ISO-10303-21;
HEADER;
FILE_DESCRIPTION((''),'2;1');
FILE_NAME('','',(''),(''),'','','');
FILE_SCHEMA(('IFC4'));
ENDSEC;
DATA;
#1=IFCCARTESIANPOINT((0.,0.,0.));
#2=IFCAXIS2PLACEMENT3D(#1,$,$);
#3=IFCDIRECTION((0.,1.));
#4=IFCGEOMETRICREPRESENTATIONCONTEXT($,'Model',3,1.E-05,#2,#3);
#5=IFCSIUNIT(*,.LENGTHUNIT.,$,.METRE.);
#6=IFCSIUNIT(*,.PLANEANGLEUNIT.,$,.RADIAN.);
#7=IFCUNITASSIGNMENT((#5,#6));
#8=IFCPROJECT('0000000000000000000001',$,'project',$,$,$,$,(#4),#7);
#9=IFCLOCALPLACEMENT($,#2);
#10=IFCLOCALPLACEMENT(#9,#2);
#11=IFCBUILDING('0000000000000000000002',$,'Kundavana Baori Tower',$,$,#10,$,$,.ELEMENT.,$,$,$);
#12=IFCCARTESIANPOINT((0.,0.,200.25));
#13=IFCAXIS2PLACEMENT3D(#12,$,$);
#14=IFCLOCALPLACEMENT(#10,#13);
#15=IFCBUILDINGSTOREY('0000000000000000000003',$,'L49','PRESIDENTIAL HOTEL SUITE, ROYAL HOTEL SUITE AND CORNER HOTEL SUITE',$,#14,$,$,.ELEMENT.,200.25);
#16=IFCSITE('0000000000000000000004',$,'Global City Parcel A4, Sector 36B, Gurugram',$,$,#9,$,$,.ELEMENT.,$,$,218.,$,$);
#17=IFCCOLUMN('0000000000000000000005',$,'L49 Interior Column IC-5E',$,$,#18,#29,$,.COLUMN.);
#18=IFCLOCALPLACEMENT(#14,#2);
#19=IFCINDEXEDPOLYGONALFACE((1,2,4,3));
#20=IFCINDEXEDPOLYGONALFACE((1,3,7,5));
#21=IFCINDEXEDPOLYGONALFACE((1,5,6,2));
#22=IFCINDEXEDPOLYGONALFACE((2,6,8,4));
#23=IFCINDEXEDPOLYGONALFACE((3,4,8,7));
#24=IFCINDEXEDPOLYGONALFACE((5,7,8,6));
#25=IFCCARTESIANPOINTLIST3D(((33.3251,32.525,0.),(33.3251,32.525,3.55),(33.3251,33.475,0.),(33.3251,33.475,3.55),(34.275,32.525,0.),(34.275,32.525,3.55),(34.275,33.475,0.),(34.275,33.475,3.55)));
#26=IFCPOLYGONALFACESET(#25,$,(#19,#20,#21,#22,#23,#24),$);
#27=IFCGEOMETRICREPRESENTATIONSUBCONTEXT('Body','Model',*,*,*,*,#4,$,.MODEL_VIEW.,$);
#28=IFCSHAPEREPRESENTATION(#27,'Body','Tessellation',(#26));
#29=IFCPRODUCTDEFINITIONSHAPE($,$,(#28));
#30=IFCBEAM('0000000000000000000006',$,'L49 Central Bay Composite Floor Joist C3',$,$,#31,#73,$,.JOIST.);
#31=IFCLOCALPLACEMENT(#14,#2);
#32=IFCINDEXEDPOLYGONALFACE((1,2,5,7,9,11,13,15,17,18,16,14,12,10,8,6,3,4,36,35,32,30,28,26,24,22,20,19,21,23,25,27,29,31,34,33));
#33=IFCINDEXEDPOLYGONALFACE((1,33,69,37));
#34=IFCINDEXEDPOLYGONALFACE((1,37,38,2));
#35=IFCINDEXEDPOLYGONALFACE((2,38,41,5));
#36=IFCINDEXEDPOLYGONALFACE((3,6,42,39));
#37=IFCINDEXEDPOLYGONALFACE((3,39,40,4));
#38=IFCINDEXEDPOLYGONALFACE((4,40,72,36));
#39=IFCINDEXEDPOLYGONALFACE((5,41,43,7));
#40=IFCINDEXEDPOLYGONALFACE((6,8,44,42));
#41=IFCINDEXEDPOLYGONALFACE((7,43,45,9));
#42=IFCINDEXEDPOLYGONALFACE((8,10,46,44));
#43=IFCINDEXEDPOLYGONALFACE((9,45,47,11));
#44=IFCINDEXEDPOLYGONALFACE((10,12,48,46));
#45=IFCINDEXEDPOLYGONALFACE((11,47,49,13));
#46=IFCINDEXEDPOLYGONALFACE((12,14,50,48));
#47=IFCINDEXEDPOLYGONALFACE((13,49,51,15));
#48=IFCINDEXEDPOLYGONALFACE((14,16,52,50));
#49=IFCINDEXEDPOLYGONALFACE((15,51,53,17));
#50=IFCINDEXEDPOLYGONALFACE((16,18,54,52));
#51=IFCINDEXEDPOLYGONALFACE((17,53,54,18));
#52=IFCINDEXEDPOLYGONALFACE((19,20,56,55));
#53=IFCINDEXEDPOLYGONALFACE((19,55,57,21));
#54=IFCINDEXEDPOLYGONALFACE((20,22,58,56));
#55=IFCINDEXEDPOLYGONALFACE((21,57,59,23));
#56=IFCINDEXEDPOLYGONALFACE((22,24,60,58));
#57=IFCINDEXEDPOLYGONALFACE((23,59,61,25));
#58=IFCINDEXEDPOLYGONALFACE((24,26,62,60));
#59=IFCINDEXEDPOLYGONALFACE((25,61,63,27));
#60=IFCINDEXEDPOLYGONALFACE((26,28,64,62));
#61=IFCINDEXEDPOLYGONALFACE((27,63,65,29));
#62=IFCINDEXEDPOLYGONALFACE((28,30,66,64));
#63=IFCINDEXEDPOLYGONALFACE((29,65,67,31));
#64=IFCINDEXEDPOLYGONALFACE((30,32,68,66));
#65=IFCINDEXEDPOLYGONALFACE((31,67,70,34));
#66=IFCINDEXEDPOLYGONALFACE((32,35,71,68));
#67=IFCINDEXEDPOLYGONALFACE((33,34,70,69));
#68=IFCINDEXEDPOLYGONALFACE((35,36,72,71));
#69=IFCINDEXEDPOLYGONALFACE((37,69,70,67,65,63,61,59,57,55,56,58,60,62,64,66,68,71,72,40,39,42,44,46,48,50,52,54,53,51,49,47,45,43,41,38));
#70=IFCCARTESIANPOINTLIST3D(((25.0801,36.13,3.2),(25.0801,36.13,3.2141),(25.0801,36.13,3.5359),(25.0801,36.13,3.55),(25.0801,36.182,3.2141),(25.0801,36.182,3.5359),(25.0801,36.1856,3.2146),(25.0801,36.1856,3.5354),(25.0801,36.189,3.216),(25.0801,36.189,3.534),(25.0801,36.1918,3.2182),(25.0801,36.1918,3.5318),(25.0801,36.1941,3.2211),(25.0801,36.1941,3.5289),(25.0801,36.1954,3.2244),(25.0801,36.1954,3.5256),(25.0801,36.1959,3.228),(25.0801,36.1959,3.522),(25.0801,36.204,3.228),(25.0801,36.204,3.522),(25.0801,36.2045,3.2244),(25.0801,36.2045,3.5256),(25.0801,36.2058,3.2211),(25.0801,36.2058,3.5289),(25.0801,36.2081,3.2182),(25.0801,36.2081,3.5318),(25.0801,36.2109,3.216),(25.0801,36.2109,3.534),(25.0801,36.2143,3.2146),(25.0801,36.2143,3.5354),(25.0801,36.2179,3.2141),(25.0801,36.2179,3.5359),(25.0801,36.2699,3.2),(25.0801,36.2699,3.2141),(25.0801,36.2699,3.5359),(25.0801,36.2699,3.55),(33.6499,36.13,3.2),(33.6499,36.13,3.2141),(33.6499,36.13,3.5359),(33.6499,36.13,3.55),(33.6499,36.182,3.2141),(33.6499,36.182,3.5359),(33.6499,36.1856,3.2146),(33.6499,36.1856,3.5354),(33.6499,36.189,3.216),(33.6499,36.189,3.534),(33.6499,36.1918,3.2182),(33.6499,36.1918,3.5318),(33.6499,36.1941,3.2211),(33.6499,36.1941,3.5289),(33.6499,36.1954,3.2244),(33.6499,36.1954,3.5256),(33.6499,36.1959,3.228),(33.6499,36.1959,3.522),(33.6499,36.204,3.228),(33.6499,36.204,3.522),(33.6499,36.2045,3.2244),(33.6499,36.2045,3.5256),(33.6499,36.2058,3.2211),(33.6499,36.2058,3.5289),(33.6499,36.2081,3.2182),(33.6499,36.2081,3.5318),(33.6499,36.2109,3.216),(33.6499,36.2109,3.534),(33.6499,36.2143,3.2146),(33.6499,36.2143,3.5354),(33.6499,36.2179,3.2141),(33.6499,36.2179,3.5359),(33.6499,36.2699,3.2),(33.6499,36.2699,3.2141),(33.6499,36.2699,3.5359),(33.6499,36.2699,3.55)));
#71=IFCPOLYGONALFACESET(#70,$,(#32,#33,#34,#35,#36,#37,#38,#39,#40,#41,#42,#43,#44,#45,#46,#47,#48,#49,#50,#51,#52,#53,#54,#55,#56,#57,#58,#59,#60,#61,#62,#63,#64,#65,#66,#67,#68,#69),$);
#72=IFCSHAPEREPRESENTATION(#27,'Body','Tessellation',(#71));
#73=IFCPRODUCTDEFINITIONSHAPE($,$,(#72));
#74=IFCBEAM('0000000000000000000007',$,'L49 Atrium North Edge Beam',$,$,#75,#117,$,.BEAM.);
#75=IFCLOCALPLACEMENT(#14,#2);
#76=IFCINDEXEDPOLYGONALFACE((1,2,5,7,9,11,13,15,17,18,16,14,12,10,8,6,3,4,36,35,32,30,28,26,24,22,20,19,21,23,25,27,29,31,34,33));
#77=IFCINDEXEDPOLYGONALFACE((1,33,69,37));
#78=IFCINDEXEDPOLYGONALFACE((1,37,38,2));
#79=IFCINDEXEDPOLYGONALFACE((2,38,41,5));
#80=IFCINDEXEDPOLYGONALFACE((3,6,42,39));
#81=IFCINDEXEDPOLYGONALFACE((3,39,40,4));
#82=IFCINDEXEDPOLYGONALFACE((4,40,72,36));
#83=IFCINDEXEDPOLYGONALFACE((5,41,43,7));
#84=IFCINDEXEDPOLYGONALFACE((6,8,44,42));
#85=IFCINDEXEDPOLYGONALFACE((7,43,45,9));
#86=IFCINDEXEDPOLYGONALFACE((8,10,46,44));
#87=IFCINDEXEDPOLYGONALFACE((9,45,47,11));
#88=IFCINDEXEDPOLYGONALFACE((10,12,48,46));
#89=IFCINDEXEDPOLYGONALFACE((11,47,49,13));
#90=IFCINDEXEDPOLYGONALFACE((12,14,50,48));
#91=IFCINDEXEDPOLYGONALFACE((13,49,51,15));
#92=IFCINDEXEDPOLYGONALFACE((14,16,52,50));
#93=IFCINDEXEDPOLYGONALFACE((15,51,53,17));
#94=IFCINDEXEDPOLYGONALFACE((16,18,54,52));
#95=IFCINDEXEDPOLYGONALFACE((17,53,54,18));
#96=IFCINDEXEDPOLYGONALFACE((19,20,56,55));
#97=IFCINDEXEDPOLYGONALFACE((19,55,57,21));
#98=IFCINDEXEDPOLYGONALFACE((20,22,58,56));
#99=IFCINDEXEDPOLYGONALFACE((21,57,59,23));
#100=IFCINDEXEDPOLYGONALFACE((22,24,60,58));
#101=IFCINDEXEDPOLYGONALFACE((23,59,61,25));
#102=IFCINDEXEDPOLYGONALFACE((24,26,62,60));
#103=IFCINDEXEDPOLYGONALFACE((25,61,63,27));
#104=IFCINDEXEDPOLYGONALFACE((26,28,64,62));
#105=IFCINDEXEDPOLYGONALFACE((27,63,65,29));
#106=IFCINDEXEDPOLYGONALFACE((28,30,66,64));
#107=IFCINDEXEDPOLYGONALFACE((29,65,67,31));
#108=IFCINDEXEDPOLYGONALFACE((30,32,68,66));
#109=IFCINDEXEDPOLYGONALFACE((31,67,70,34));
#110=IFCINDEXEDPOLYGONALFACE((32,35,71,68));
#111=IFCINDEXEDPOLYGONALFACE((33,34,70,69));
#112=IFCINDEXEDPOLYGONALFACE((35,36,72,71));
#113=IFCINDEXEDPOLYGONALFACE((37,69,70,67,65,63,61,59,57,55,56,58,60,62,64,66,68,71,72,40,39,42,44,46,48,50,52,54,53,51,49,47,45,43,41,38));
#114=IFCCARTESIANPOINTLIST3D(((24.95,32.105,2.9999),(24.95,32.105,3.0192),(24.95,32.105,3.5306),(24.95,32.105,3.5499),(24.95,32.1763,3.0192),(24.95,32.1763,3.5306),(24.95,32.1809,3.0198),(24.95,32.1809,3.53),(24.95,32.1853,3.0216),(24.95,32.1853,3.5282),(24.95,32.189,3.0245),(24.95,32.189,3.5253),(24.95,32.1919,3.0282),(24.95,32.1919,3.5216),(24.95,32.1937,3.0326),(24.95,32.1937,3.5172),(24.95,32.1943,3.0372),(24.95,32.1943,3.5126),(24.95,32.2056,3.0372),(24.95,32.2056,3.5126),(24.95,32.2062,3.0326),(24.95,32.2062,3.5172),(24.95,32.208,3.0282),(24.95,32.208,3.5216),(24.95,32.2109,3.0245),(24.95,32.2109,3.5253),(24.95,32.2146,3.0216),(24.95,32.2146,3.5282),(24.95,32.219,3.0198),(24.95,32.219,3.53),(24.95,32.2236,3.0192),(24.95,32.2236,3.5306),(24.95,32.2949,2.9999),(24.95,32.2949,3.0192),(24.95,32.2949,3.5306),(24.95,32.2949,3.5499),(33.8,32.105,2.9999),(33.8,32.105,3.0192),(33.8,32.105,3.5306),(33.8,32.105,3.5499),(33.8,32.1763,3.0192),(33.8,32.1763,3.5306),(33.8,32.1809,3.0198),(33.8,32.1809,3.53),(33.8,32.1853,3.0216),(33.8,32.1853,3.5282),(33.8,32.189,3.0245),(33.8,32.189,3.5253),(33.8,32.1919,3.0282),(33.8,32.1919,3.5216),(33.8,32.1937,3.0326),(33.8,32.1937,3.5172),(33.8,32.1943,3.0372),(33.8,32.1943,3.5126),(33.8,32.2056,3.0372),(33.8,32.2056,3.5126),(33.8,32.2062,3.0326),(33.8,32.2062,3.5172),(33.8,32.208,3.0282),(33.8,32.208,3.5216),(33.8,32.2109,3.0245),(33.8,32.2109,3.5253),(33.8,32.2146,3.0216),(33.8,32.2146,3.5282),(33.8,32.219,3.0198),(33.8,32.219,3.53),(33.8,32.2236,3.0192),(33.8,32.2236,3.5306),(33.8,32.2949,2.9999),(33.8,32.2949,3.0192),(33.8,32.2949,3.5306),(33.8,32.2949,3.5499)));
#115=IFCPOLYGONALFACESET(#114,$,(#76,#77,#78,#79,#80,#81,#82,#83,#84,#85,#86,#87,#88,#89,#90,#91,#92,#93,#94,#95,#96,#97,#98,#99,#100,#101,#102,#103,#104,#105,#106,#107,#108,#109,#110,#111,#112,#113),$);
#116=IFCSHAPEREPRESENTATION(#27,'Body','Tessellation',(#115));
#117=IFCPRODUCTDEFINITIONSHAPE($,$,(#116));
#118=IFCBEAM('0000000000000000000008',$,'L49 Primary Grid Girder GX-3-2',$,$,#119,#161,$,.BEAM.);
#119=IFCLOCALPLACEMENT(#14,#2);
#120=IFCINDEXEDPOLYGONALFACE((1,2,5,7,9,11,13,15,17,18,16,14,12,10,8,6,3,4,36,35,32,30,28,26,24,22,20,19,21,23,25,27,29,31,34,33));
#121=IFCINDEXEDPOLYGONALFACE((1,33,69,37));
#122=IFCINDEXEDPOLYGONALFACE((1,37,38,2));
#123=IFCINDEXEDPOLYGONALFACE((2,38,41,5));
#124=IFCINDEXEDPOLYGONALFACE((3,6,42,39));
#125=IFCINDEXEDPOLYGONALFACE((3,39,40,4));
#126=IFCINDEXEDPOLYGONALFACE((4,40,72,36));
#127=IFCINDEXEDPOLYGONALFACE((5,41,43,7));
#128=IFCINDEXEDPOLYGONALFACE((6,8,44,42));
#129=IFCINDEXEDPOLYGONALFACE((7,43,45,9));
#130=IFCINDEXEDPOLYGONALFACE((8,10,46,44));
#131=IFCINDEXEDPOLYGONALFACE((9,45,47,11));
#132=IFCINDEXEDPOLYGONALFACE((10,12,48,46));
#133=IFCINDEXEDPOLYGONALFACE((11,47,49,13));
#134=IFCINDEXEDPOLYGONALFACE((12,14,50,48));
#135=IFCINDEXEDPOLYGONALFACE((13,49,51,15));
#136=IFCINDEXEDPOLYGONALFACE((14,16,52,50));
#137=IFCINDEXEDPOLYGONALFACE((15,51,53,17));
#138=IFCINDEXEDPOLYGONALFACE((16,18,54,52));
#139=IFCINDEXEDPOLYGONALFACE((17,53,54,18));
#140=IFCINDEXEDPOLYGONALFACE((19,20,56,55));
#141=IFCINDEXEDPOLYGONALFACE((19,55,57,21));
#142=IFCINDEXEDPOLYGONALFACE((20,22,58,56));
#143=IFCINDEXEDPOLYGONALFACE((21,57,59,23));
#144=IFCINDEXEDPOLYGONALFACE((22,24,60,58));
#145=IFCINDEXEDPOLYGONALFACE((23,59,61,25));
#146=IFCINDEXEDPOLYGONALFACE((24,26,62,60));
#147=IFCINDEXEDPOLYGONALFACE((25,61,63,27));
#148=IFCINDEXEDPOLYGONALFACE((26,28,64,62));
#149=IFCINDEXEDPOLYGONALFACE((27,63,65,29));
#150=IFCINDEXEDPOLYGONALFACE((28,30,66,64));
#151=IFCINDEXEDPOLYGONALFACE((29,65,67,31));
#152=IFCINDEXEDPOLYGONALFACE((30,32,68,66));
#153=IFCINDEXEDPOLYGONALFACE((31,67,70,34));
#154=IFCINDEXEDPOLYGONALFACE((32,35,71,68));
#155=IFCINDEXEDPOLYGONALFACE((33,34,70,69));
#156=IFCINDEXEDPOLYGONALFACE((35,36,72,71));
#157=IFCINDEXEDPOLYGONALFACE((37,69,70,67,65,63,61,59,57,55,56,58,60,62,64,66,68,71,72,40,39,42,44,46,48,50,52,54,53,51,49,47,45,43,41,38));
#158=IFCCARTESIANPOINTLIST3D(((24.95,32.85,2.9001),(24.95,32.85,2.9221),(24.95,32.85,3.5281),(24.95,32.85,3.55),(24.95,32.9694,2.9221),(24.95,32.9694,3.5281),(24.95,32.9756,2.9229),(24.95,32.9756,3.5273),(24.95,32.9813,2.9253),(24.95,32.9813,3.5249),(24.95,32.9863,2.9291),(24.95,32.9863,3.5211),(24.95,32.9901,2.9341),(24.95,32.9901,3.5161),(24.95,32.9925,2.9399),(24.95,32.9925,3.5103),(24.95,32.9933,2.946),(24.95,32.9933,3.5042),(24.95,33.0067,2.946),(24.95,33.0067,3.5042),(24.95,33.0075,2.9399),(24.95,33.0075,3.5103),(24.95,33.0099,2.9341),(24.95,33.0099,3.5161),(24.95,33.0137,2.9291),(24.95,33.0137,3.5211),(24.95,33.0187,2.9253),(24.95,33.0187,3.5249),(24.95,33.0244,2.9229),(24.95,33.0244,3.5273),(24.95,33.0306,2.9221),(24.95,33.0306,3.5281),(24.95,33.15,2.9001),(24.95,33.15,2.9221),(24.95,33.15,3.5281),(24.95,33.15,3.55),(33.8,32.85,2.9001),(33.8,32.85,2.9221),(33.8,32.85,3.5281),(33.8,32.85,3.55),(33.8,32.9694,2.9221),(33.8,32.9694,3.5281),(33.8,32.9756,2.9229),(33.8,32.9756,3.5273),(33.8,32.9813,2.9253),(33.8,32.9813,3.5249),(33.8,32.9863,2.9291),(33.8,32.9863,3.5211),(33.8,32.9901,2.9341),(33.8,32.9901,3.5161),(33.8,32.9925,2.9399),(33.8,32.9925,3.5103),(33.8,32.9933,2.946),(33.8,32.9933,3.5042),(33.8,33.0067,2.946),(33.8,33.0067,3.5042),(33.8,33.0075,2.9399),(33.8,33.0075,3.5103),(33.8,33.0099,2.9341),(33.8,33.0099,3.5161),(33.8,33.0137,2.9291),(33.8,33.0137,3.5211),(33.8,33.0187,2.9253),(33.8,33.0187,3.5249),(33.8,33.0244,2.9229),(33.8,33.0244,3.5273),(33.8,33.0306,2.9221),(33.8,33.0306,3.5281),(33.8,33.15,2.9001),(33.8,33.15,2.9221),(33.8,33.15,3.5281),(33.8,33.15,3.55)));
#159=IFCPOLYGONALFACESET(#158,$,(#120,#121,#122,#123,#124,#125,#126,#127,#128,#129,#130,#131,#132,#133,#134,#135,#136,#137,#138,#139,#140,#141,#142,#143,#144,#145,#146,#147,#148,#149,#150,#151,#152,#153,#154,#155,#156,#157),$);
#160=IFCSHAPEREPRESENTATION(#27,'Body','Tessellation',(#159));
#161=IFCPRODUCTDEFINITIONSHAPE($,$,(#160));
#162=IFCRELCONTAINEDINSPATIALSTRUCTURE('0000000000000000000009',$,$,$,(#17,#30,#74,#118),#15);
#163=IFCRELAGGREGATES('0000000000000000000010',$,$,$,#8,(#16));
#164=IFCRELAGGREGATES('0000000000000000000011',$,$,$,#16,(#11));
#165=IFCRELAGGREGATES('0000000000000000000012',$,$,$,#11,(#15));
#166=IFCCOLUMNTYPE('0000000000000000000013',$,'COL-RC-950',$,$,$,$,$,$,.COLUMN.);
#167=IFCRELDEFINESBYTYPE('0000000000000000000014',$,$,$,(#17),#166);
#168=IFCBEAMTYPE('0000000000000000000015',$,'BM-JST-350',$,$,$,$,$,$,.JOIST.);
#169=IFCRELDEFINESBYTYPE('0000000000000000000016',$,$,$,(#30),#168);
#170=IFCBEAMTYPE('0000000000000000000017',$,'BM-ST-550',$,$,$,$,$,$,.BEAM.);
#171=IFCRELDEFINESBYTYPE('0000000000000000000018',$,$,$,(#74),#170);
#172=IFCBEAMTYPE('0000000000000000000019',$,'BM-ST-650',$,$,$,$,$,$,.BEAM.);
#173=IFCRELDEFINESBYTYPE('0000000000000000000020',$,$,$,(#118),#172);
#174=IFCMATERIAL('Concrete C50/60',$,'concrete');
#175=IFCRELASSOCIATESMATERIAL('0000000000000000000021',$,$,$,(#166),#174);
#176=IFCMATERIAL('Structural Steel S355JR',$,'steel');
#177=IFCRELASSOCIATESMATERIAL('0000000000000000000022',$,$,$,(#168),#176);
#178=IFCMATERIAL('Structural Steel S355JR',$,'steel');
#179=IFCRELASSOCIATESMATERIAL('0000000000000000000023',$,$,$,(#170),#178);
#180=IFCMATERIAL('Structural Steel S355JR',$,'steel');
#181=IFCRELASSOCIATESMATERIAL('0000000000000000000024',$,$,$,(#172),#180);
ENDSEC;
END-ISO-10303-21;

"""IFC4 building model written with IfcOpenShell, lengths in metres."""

from ifc_helpers import new_model, si_unit, direction, frame, origin, origin_2d, place, context, subcontext, project, spatial, rectangle, i_section, extrude, material, material_profile, profile_set, type_object, element, save


model = new_model("IFC4")

# Units and contexts
model_context = context("Model", 3, precision=1e-05, world=origin(), true_north=direction((0.0, 1.0)))
body_context = subcontext(model_context, "Body", "Model", "MODEL_VIEW")
ifc_project = project(units=[si_unit("LENGTHUNIT", "METRE"), si_unit("PLANEANGLEUNIT", "RADIAN")], contexts=[model_context])

# Site, building, storey
site_placement = place(None, origin())
site = spatial("IfcSite", under=ifc_project, at=site_placement, Name="Global City Parcel A4, Sector 36B, Gurugram", CompositionType="ELEMENT", RefElevation=218.0)
building_placement = place(site_placement, origin())
building = spatial("IfcBuilding", under=site, at=building_placement, Name="Kundavana Baori Tower", CompositionType="ELEMENT")
storey_placement = place(building_placement, frame((0.0, 0.0, 200.25)))
storey = spatial("IfcBuildingStorey", under=building, at=storey_placement, Name="L49", Description="PRESIDENTIAL HOTEL SUITE, ROYAL HOTEL SUITE AND CORNER HOTEL SUITE", CompositionType="ELEMENT", Elevation=200.25)

# Column
ifc_material_1 = material(Name="Concrete C50/60", Category="concrete")
ifc_material_profile_1 = material_profile(ifc_material_1, rectangle(XDim=0.95, YDim=0.95, at=origin_2d()), Name="RC 950x950")
ifc_profile_set_1 = profile_set([ifc_material_profile_1], Name="Concrete C50/60")
column_type = type_object("IfcColumnType", Name="COL-RC-950", PredefinedType="COLUMN", material=ifc_profile_set_1)
column_placement = place(storey_placement, frame((33.8, 33.0, 0.0), z_axis=(0.0, 0.0, 1.0), x_axis=(1.0, 0.0, 0.0)))
element("IfcColumn", 1, at=column_placement, inside=storey, type_object=column_type, Name="L49 Interior Column IC-5E", PredefinedType="COLUMN", context=body_context, shape_type="SweptSolid", body=[
    extrude(rectangle(XDim=0.95, YDim=0.95, at=origin_2d()), origin(), (0.0, 0.0, 1.0), 3.55),
])

# Beams
ifc_material_2 = material(Name="Structural Steel S355JR", Category="steel")
ifc_material_profile_2 = material_profile(ifc_material_2, i_section(OverallWidth=0.1399, OverallDepth=0.3501, WebThickness=0.0081, FlangeThickness=0.0142, FilletRadius=0.0139, at=origin_2d()), Name="ISMB 350")
ifc_profile_set_2 = profile_set([ifc_material_profile_2], Name="Structural Steel S355JR")
beam_type_1 = type_object("IfcBeamType", Name="BM-JST-350", PredefinedType="JOIST", material=ifc_profile_set_2)
beam_1_placement = place(storey_placement, frame((25.0801, 36.2, 3.375), z_axis=(1.0, 0.0, 0.0), x_axis=(0.0, 1.0, 0.0)))
element("IfcBeam", 2, at=beam_1_placement, inside=storey, type_object=beam_type_1, Name="L49 Central Bay Composite Floor Joist C3", PredefinedType="JOIST", context=body_context, shape_type="SweptSolid", body=[
    extrude(i_section(OverallWidth=0.1399, OverallDepth=0.3501, WebThickness=0.0081, FlangeThickness=0.0142, FilletRadius=0.0139, at=origin_2d()), origin(), (0.0, 0.0, 1.0), 8.5698),
])
ifc_material_3 = material(Name="Structural Steel S355JR", Category="steel")
ifc_material_profile_3 = material_profile(ifc_material_3, i_section(OverallWidth=0.1899, OverallDepth=0.55, WebThickness=0.0112, FlangeThickness=0.0193, FilletRadius=0.0181, at=origin_2d()), Name="ISMB 550")
ifc_profile_set_3 = profile_set([ifc_material_profile_3], Name="Structural Steel S355JR")
beam_type_2 = type_object("IfcBeamType", Name="BM-ST-550", PredefinedType="BEAM", material=ifc_profile_set_3)
beam_2_placement = place(storey_placement, frame((24.95, 32.2, 3.2749), z_axis=(1.0, 0.0, 0.0), x_axis=(0.0, 1.0, 0.0)))
element("IfcBeam", 3, at=beam_2_placement, inside=storey, type_object=beam_type_2, Name="L49 Atrium North Edge Beam", PredefinedType="BEAM", context=body_context, shape_type="SweptSolid", body=[
    extrude(i_section(OverallWidth=0.1899, OverallDepth=0.55, WebThickness=0.0112, FlangeThickness=0.0193, FilletRadius=0.0181, at=origin_2d()), origin(), (0.0, 0.0, 1.0), 8.8501),
])
ifc_material_4 = material(Name="Structural Steel S355JR", Category="steel")
ifc_material_profile_4 = material_profile(ifc_material_4, i_section(OverallWidth=0.3, OverallDepth=0.6499, WebThickness=0.0134, FlangeThickness=0.022, FilletRadius=0.0239, at=origin_2d()), Name="NPB 650x300x155")
ifc_profile_set_4 = profile_set([ifc_material_profile_4], Name="Structural Steel S355JR")
beam_type_3 = type_object("IfcBeamType", Name="BM-ST-650", PredefinedType="BEAM", material=ifc_profile_set_4)
beam_3_placement = place(storey_placement, frame((24.95, 33.0, 3.2251), z_axis=(1.0, 0.0, 0.0), x_axis=(0.0, 1.0, 0.0)))
element("IfcBeam", 4, at=beam_3_placement, inside=storey, type_object=beam_type_3, Name="L49 Primary Grid Girder GX-3-2", PredefinedType="BEAM", context=body_context, shape_type="SweptSolid", body=[
    extrude(i_section(OverallWidth=0.3, OverallDepth=0.6499, WebThickness=0.0134, FlangeThickness=0.022, FilletRadius=0.0239, at=origin_2d()), origin(), (0.0, 0.0, 1.0), 8.8501),
])

save(model, "model.ifc")
